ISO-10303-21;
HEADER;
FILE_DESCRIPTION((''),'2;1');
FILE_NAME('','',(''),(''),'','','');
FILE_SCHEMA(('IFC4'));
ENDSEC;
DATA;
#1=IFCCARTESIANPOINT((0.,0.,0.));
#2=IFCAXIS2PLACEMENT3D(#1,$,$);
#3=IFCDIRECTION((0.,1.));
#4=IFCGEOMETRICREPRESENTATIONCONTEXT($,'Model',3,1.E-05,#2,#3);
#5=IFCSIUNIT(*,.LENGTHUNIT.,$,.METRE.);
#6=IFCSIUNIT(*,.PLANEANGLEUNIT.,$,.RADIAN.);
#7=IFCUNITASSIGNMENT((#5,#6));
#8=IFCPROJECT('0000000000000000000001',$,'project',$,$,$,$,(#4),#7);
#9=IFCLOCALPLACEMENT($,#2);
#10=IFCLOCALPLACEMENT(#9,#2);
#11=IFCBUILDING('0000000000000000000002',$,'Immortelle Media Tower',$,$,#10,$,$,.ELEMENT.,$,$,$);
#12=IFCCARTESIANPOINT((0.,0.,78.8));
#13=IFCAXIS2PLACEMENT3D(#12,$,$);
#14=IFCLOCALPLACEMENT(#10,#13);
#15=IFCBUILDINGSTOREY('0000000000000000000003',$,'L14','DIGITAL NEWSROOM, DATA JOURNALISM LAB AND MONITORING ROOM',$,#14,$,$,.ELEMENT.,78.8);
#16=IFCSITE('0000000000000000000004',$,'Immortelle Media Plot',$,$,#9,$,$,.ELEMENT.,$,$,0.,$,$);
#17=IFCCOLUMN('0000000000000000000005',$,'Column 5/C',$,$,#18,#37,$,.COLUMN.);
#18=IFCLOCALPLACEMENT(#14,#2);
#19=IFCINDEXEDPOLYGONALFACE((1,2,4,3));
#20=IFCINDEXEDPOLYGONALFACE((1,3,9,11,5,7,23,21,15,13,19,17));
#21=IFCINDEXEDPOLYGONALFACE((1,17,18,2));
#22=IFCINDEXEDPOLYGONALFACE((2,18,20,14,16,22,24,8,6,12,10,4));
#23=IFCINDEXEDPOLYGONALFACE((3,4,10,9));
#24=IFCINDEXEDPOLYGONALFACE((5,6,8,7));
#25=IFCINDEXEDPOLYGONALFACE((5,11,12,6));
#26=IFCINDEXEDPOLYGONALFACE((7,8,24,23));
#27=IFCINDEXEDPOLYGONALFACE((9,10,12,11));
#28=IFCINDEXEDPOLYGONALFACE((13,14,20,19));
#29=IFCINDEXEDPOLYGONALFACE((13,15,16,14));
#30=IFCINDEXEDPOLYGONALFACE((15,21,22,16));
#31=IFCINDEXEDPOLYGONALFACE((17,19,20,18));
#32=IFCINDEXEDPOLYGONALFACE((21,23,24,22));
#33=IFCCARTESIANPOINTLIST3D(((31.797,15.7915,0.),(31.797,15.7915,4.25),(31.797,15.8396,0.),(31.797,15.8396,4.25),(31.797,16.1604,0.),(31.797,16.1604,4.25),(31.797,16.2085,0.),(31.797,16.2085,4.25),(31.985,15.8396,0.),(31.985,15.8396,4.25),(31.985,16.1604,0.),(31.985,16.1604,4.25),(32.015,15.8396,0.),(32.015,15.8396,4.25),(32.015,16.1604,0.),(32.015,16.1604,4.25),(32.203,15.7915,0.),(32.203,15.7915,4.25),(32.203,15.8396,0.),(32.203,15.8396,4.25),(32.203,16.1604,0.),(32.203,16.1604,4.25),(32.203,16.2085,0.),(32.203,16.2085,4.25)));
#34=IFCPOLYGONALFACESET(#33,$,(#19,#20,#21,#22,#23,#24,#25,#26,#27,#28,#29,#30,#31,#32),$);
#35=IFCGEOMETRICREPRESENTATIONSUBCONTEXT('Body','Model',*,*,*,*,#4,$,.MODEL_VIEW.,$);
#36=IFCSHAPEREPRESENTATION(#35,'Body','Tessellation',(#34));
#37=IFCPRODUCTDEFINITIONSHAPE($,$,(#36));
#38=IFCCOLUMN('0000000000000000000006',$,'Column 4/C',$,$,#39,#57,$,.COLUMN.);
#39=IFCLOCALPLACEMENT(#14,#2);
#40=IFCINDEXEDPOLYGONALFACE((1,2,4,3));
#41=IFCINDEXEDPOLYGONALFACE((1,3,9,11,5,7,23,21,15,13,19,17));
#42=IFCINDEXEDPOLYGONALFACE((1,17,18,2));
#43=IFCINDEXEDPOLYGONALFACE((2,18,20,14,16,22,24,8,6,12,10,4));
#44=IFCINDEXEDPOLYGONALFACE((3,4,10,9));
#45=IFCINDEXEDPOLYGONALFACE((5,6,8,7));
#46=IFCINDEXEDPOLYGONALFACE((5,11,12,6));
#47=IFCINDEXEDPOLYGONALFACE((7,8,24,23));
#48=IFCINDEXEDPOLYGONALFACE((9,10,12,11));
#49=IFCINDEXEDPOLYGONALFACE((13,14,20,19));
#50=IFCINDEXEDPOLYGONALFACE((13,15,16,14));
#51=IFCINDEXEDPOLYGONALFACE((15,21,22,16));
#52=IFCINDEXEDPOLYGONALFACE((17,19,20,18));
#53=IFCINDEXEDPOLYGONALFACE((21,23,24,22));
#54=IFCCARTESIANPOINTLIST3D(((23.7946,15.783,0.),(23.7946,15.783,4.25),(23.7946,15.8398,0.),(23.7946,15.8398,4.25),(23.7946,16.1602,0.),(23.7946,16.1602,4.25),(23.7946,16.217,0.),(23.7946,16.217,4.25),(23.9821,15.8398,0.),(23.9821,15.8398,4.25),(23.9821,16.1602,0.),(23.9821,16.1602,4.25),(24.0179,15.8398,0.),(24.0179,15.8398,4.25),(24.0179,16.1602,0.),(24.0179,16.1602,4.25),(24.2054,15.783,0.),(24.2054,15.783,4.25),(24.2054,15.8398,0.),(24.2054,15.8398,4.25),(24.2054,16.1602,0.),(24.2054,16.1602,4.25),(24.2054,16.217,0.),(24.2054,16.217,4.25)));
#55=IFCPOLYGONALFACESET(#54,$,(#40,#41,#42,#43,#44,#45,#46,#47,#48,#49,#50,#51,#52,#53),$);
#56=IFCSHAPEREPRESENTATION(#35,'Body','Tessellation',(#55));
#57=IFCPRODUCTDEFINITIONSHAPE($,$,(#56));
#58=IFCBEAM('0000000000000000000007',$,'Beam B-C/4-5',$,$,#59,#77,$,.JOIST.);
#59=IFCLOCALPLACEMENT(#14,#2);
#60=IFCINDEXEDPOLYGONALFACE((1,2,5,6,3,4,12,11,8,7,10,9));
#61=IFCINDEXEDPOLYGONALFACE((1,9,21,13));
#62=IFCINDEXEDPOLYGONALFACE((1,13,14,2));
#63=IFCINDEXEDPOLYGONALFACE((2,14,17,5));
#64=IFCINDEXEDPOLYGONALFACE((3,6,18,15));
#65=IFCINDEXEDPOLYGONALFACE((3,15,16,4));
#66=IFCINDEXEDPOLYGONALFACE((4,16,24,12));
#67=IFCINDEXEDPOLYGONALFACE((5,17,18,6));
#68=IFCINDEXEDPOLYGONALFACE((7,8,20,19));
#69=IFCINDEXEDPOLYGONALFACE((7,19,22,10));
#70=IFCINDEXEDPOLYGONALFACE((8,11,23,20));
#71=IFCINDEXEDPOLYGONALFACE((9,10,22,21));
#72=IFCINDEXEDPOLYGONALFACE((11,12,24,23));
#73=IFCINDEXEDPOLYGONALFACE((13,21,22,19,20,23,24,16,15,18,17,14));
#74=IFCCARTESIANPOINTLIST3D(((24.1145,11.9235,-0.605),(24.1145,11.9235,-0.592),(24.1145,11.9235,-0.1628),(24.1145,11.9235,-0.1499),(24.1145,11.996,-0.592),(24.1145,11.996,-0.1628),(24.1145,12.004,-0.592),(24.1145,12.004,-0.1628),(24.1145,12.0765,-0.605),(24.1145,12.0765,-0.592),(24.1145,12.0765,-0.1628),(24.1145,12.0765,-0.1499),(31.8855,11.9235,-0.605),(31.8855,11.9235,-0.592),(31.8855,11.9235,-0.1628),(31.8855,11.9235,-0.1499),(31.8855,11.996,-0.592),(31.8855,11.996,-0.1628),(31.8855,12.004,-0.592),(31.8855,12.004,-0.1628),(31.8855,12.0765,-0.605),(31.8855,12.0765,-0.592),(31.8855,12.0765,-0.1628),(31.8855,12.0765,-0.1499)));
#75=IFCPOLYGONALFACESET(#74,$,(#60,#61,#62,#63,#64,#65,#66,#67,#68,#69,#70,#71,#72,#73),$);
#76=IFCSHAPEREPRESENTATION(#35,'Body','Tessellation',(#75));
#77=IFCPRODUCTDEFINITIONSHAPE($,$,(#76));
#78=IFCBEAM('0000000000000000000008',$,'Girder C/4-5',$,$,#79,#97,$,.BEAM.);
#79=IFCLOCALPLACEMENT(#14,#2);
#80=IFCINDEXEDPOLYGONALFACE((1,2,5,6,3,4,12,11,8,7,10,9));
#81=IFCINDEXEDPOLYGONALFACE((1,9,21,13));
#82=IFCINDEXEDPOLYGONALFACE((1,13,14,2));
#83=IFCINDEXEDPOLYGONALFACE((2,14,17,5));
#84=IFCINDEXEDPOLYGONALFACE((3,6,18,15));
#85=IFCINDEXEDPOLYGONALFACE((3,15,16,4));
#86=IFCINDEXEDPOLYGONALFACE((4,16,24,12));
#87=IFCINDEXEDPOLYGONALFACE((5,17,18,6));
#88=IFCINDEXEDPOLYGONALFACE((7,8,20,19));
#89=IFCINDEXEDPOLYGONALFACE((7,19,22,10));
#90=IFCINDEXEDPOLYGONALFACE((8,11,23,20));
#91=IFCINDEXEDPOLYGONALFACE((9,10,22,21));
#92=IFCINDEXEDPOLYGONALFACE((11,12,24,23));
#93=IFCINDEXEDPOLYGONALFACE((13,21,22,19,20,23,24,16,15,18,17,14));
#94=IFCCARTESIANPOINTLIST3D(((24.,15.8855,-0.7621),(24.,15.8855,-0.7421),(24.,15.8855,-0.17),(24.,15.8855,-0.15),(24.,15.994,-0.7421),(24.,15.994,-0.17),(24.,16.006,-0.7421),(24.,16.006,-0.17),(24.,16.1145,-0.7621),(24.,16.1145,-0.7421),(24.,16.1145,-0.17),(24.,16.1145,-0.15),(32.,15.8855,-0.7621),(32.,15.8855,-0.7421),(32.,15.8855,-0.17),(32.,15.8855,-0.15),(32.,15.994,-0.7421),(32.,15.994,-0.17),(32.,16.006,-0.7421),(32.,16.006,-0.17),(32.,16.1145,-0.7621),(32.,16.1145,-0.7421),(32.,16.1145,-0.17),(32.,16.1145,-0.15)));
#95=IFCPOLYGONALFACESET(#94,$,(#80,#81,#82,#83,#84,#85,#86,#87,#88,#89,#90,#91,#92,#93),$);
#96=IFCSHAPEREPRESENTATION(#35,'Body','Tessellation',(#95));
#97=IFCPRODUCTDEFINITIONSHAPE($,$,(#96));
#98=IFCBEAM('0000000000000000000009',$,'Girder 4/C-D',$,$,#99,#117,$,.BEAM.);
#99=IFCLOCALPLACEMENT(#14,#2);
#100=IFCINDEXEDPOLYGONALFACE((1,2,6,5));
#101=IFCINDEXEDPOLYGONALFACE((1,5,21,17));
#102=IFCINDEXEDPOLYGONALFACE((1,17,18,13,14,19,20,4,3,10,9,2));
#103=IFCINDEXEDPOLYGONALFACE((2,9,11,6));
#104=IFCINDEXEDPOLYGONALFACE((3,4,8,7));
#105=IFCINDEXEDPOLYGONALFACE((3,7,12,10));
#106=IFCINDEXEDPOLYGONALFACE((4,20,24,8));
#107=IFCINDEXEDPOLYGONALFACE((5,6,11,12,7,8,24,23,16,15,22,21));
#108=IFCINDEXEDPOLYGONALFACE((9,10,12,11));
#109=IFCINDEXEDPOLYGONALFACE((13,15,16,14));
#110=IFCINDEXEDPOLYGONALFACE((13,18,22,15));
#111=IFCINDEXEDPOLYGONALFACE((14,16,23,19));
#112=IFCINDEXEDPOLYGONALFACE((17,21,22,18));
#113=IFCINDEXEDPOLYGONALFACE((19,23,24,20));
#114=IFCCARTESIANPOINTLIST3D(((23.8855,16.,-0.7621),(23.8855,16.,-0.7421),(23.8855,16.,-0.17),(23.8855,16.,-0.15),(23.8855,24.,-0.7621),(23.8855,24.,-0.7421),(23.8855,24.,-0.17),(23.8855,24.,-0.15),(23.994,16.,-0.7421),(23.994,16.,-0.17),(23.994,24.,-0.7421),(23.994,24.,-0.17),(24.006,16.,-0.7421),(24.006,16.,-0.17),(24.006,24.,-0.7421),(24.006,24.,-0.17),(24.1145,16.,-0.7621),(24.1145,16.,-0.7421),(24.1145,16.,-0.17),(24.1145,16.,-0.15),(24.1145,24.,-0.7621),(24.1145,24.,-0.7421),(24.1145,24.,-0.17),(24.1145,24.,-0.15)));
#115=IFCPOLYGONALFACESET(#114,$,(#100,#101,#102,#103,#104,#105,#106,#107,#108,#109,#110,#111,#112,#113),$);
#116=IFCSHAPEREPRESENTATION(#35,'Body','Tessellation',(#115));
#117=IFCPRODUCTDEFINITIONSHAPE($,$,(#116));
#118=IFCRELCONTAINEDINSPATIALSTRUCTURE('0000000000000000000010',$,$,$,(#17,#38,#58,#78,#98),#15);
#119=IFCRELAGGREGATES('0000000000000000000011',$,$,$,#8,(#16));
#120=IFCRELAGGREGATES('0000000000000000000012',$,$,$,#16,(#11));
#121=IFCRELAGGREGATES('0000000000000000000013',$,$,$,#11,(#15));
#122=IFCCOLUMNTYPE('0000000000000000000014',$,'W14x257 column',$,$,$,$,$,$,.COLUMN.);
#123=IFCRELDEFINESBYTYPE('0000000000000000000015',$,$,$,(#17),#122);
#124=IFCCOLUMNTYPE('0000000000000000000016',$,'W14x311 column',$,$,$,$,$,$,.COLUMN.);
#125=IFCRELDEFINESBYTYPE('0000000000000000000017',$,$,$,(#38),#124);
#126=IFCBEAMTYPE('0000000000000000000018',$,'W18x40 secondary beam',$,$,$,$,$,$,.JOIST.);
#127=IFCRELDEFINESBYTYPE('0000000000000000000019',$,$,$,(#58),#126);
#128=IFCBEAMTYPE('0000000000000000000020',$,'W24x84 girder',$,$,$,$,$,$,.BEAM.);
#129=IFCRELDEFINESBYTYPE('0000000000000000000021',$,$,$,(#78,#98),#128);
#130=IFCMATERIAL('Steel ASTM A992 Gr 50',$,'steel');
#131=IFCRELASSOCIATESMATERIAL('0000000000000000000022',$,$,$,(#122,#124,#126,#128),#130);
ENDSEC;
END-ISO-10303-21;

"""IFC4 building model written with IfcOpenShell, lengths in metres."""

from ifc_helpers import new_model, si_unit, direction, frame, origin, origin_2d, place, context, subcontext, project, spatial, i_section, extrude, material, material_profile, profile_set, type_object, element, save


model = new_model("IFC4")

# Units and contexts
model_context = context("Model", 3, precision=1e-05, world=origin(), true_north=direction((0.0, 1.0)))
body_context = subcontext(model_context, "Body", "Model", "MODEL_VIEW")
ifc_project = project(units=[si_unit("LENGTHUNIT", "METRE"), si_unit("PLANEANGLEUNIT", "RADIAN")], contexts=[model_context])

# Site, building, storey
site_placement = place(None, origin())
site = spatial("IfcSite", under=ifc_project, at=site_placement, Name="Immortelle Media Plot", CompositionType="ELEMENT", RefElevation=0.0)
building_placement = place(site_placement, origin())
building = spatial("IfcBuilding", under=site, at=building_placement, Name="Immortelle Media Tower", CompositionType="ELEMENT")
storey_placement = place(building_placement, frame((0.0, 0.0, 78.8)))
storey = spatial("IfcBuildingStorey", under=building, at=storey_placement, Name="L14", Description="DIGITAL NEWSROOM, DATA JOURNALISM LAB AND MONITORING ROOM", CompositionType="ELEMENT", Elevation=78.8)

# Columns
ifc_material_1 = material(Name="Steel ASTM A992 Gr 50", Category="steel")
ifc_material_profile_1 = material_profile(ifc_material_1, i_section(OverallWidth=0.406, OverallDepth=0.417, WebThickness=0.03, FlangeThickness=0.0481, at=origin_2d()), Name="W14x257")
ifc_profile_set_1 = profile_set([ifc_material_profile_1], Name="Steel ASTM A992 Gr 50")
column_type_1 = type_object("IfcColumnType", Name="W14x257 column", PredefinedType="COLUMN", material=ifc_profile_set_1)
column_1_placement = place(storey_placement, frame((32.0, 16.0, 0.0), z_axis=(0.0, 0.0, 1.0), x_axis=(1.0, 0.0, 0.0)))
element("IfcColumn", 1, at=column_1_placement, inside=storey, type_object=column_type_1, Name="Column 5/C", PredefinedType="COLUMN", context=body_context, shape_type="SweptSolid", body=[
    extrude(i_section(OverallWidth=0.406, OverallDepth=0.417, WebThickness=0.03, FlangeThickness=0.0481, at=origin_2d()), origin(), (0.0, 0.0, 1.0), 4.25),
])
ifc_material_profile_2 = material_profile(ifc_material_1, i_section(OverallWidth=0.4109, OverallDepth=0.4341, WebThickness=0.0359, FlangeThickness=0.0569, at=origin_2d()), Name="W14x311")
ifc_profile_set_2 = profile_set([ifc_material_profile_2], Name="Steel ASTM A992 Gr 50")
column_type_2 = type_object("IfcColumnType", Name="W14x311 column", PredefinedType="COLUMN", material=ifc_profile_set_2)
column_2_placement = place(storey_placement, frame((24.0, 16.0, 0.0), z_axis=(0.0, 0.0, 1.0), x_axis=(1.0, 0.0, 0.0)))
element("IfcColumn", 2, at=column_2_placement, inside=storey, type_object=column_type_2, Name="Column 4/C", PredefinedType="COLUMN", context=body_context, shape_type="SweptSolid", body=[
    extrude(i_section(OverallWidth=0.4109, OverallDepth=0.4341, WebThickness=0.0359, FlangeThickness=0.0569, at=origin_2d()), origin(), (0.0, 0.0, 1.0), 4.25),
])

# Beams
ifc_material_profile_3 = material_profile(ifc_material_1, i_section(OverallWidth=0.1531, OverallDepth=0.4551, WebThickness=0.0081, FlangeThickness=0.0129, at=origin_2d()), Name="W18x40")
ifc_profile_set_3 = profile_set([ifc_material_profile_3], Name="Steel ASTM A992 Gr 50")
beam_type_1 = type_object("IfcBeamType", Name="W18x40 secondary beam", PredefinedType="JOIST", material=ifc_profile_set_3)
beam_placement = place(storey_placement, frame((24.1145, 12.0, -0.3774), z_axis=(1.0, 0.0, 0.0), x_axis=(0.0, 1.0, 0.0)))
element("IfcBeam", 3, at=beam_placement, inside=storey, type_object=beam_type_1, Name="Beam B-C/4-5", PredefinedType="JOIST", context=body_context, shape_type="SweptSolid", body=[
    extrude(i_section(OverallWidth=0.1531, OverallDepth=0.4551, WebThickness=0.0081, FlangeThickness=0.0129, at=origin_2d()), origin(), (0.0, 0.0, 1.0), 7.771),
])
ifc_material_profile_4 = material_profile(ifc_material_1, i_section(OverallWidth=0.229, OverallDepth=0.6121, WebThickness=0.012, FlangeThickness=0.02, at=origin_2d()), Name="W24x84")
ifc_profile_set_4 = profile_set([ifc_material_profile_4], Name="Steel ASTM A992 Gr 50")
beam_type_2 = type_object("IfcBeamType", Name="W24x84 girder", PredefinedType="BEAM", material=ifc_profile_set_4)
for number, where, z_axis, x_axis, name in (
    (4, (24.0, 16.0, -0.4561), (1.0, 0.0, 0.0), (0.0, 1.0, 0.0), "Girder C/4-5"),
    (5, (24.0, 16.0, -0.4561), (0.0, 1.0, 0.0), (-1.0, 0.0, 0.0), "Girder 4/C-D"),
):
    element("IfcBeam", number, at=place(storey_placement, frame(where, z_axis=z_axis, x_axis=x_axis)), inside=storey, type_object=beam_type_2, Name=name, PredefinedType="BEAM", context=body_context, shape_type="SweptSolid", body=[
        extrude(i_section(OverallWidth=0.229, OverallDepth=0.6121, WebThickness=0.012, FlangeThickness=0.02, at=origin_2d()), origin(), (0.0, 0.0, 1.0), 8.0),
    ])

save(model, "model.ifc")
